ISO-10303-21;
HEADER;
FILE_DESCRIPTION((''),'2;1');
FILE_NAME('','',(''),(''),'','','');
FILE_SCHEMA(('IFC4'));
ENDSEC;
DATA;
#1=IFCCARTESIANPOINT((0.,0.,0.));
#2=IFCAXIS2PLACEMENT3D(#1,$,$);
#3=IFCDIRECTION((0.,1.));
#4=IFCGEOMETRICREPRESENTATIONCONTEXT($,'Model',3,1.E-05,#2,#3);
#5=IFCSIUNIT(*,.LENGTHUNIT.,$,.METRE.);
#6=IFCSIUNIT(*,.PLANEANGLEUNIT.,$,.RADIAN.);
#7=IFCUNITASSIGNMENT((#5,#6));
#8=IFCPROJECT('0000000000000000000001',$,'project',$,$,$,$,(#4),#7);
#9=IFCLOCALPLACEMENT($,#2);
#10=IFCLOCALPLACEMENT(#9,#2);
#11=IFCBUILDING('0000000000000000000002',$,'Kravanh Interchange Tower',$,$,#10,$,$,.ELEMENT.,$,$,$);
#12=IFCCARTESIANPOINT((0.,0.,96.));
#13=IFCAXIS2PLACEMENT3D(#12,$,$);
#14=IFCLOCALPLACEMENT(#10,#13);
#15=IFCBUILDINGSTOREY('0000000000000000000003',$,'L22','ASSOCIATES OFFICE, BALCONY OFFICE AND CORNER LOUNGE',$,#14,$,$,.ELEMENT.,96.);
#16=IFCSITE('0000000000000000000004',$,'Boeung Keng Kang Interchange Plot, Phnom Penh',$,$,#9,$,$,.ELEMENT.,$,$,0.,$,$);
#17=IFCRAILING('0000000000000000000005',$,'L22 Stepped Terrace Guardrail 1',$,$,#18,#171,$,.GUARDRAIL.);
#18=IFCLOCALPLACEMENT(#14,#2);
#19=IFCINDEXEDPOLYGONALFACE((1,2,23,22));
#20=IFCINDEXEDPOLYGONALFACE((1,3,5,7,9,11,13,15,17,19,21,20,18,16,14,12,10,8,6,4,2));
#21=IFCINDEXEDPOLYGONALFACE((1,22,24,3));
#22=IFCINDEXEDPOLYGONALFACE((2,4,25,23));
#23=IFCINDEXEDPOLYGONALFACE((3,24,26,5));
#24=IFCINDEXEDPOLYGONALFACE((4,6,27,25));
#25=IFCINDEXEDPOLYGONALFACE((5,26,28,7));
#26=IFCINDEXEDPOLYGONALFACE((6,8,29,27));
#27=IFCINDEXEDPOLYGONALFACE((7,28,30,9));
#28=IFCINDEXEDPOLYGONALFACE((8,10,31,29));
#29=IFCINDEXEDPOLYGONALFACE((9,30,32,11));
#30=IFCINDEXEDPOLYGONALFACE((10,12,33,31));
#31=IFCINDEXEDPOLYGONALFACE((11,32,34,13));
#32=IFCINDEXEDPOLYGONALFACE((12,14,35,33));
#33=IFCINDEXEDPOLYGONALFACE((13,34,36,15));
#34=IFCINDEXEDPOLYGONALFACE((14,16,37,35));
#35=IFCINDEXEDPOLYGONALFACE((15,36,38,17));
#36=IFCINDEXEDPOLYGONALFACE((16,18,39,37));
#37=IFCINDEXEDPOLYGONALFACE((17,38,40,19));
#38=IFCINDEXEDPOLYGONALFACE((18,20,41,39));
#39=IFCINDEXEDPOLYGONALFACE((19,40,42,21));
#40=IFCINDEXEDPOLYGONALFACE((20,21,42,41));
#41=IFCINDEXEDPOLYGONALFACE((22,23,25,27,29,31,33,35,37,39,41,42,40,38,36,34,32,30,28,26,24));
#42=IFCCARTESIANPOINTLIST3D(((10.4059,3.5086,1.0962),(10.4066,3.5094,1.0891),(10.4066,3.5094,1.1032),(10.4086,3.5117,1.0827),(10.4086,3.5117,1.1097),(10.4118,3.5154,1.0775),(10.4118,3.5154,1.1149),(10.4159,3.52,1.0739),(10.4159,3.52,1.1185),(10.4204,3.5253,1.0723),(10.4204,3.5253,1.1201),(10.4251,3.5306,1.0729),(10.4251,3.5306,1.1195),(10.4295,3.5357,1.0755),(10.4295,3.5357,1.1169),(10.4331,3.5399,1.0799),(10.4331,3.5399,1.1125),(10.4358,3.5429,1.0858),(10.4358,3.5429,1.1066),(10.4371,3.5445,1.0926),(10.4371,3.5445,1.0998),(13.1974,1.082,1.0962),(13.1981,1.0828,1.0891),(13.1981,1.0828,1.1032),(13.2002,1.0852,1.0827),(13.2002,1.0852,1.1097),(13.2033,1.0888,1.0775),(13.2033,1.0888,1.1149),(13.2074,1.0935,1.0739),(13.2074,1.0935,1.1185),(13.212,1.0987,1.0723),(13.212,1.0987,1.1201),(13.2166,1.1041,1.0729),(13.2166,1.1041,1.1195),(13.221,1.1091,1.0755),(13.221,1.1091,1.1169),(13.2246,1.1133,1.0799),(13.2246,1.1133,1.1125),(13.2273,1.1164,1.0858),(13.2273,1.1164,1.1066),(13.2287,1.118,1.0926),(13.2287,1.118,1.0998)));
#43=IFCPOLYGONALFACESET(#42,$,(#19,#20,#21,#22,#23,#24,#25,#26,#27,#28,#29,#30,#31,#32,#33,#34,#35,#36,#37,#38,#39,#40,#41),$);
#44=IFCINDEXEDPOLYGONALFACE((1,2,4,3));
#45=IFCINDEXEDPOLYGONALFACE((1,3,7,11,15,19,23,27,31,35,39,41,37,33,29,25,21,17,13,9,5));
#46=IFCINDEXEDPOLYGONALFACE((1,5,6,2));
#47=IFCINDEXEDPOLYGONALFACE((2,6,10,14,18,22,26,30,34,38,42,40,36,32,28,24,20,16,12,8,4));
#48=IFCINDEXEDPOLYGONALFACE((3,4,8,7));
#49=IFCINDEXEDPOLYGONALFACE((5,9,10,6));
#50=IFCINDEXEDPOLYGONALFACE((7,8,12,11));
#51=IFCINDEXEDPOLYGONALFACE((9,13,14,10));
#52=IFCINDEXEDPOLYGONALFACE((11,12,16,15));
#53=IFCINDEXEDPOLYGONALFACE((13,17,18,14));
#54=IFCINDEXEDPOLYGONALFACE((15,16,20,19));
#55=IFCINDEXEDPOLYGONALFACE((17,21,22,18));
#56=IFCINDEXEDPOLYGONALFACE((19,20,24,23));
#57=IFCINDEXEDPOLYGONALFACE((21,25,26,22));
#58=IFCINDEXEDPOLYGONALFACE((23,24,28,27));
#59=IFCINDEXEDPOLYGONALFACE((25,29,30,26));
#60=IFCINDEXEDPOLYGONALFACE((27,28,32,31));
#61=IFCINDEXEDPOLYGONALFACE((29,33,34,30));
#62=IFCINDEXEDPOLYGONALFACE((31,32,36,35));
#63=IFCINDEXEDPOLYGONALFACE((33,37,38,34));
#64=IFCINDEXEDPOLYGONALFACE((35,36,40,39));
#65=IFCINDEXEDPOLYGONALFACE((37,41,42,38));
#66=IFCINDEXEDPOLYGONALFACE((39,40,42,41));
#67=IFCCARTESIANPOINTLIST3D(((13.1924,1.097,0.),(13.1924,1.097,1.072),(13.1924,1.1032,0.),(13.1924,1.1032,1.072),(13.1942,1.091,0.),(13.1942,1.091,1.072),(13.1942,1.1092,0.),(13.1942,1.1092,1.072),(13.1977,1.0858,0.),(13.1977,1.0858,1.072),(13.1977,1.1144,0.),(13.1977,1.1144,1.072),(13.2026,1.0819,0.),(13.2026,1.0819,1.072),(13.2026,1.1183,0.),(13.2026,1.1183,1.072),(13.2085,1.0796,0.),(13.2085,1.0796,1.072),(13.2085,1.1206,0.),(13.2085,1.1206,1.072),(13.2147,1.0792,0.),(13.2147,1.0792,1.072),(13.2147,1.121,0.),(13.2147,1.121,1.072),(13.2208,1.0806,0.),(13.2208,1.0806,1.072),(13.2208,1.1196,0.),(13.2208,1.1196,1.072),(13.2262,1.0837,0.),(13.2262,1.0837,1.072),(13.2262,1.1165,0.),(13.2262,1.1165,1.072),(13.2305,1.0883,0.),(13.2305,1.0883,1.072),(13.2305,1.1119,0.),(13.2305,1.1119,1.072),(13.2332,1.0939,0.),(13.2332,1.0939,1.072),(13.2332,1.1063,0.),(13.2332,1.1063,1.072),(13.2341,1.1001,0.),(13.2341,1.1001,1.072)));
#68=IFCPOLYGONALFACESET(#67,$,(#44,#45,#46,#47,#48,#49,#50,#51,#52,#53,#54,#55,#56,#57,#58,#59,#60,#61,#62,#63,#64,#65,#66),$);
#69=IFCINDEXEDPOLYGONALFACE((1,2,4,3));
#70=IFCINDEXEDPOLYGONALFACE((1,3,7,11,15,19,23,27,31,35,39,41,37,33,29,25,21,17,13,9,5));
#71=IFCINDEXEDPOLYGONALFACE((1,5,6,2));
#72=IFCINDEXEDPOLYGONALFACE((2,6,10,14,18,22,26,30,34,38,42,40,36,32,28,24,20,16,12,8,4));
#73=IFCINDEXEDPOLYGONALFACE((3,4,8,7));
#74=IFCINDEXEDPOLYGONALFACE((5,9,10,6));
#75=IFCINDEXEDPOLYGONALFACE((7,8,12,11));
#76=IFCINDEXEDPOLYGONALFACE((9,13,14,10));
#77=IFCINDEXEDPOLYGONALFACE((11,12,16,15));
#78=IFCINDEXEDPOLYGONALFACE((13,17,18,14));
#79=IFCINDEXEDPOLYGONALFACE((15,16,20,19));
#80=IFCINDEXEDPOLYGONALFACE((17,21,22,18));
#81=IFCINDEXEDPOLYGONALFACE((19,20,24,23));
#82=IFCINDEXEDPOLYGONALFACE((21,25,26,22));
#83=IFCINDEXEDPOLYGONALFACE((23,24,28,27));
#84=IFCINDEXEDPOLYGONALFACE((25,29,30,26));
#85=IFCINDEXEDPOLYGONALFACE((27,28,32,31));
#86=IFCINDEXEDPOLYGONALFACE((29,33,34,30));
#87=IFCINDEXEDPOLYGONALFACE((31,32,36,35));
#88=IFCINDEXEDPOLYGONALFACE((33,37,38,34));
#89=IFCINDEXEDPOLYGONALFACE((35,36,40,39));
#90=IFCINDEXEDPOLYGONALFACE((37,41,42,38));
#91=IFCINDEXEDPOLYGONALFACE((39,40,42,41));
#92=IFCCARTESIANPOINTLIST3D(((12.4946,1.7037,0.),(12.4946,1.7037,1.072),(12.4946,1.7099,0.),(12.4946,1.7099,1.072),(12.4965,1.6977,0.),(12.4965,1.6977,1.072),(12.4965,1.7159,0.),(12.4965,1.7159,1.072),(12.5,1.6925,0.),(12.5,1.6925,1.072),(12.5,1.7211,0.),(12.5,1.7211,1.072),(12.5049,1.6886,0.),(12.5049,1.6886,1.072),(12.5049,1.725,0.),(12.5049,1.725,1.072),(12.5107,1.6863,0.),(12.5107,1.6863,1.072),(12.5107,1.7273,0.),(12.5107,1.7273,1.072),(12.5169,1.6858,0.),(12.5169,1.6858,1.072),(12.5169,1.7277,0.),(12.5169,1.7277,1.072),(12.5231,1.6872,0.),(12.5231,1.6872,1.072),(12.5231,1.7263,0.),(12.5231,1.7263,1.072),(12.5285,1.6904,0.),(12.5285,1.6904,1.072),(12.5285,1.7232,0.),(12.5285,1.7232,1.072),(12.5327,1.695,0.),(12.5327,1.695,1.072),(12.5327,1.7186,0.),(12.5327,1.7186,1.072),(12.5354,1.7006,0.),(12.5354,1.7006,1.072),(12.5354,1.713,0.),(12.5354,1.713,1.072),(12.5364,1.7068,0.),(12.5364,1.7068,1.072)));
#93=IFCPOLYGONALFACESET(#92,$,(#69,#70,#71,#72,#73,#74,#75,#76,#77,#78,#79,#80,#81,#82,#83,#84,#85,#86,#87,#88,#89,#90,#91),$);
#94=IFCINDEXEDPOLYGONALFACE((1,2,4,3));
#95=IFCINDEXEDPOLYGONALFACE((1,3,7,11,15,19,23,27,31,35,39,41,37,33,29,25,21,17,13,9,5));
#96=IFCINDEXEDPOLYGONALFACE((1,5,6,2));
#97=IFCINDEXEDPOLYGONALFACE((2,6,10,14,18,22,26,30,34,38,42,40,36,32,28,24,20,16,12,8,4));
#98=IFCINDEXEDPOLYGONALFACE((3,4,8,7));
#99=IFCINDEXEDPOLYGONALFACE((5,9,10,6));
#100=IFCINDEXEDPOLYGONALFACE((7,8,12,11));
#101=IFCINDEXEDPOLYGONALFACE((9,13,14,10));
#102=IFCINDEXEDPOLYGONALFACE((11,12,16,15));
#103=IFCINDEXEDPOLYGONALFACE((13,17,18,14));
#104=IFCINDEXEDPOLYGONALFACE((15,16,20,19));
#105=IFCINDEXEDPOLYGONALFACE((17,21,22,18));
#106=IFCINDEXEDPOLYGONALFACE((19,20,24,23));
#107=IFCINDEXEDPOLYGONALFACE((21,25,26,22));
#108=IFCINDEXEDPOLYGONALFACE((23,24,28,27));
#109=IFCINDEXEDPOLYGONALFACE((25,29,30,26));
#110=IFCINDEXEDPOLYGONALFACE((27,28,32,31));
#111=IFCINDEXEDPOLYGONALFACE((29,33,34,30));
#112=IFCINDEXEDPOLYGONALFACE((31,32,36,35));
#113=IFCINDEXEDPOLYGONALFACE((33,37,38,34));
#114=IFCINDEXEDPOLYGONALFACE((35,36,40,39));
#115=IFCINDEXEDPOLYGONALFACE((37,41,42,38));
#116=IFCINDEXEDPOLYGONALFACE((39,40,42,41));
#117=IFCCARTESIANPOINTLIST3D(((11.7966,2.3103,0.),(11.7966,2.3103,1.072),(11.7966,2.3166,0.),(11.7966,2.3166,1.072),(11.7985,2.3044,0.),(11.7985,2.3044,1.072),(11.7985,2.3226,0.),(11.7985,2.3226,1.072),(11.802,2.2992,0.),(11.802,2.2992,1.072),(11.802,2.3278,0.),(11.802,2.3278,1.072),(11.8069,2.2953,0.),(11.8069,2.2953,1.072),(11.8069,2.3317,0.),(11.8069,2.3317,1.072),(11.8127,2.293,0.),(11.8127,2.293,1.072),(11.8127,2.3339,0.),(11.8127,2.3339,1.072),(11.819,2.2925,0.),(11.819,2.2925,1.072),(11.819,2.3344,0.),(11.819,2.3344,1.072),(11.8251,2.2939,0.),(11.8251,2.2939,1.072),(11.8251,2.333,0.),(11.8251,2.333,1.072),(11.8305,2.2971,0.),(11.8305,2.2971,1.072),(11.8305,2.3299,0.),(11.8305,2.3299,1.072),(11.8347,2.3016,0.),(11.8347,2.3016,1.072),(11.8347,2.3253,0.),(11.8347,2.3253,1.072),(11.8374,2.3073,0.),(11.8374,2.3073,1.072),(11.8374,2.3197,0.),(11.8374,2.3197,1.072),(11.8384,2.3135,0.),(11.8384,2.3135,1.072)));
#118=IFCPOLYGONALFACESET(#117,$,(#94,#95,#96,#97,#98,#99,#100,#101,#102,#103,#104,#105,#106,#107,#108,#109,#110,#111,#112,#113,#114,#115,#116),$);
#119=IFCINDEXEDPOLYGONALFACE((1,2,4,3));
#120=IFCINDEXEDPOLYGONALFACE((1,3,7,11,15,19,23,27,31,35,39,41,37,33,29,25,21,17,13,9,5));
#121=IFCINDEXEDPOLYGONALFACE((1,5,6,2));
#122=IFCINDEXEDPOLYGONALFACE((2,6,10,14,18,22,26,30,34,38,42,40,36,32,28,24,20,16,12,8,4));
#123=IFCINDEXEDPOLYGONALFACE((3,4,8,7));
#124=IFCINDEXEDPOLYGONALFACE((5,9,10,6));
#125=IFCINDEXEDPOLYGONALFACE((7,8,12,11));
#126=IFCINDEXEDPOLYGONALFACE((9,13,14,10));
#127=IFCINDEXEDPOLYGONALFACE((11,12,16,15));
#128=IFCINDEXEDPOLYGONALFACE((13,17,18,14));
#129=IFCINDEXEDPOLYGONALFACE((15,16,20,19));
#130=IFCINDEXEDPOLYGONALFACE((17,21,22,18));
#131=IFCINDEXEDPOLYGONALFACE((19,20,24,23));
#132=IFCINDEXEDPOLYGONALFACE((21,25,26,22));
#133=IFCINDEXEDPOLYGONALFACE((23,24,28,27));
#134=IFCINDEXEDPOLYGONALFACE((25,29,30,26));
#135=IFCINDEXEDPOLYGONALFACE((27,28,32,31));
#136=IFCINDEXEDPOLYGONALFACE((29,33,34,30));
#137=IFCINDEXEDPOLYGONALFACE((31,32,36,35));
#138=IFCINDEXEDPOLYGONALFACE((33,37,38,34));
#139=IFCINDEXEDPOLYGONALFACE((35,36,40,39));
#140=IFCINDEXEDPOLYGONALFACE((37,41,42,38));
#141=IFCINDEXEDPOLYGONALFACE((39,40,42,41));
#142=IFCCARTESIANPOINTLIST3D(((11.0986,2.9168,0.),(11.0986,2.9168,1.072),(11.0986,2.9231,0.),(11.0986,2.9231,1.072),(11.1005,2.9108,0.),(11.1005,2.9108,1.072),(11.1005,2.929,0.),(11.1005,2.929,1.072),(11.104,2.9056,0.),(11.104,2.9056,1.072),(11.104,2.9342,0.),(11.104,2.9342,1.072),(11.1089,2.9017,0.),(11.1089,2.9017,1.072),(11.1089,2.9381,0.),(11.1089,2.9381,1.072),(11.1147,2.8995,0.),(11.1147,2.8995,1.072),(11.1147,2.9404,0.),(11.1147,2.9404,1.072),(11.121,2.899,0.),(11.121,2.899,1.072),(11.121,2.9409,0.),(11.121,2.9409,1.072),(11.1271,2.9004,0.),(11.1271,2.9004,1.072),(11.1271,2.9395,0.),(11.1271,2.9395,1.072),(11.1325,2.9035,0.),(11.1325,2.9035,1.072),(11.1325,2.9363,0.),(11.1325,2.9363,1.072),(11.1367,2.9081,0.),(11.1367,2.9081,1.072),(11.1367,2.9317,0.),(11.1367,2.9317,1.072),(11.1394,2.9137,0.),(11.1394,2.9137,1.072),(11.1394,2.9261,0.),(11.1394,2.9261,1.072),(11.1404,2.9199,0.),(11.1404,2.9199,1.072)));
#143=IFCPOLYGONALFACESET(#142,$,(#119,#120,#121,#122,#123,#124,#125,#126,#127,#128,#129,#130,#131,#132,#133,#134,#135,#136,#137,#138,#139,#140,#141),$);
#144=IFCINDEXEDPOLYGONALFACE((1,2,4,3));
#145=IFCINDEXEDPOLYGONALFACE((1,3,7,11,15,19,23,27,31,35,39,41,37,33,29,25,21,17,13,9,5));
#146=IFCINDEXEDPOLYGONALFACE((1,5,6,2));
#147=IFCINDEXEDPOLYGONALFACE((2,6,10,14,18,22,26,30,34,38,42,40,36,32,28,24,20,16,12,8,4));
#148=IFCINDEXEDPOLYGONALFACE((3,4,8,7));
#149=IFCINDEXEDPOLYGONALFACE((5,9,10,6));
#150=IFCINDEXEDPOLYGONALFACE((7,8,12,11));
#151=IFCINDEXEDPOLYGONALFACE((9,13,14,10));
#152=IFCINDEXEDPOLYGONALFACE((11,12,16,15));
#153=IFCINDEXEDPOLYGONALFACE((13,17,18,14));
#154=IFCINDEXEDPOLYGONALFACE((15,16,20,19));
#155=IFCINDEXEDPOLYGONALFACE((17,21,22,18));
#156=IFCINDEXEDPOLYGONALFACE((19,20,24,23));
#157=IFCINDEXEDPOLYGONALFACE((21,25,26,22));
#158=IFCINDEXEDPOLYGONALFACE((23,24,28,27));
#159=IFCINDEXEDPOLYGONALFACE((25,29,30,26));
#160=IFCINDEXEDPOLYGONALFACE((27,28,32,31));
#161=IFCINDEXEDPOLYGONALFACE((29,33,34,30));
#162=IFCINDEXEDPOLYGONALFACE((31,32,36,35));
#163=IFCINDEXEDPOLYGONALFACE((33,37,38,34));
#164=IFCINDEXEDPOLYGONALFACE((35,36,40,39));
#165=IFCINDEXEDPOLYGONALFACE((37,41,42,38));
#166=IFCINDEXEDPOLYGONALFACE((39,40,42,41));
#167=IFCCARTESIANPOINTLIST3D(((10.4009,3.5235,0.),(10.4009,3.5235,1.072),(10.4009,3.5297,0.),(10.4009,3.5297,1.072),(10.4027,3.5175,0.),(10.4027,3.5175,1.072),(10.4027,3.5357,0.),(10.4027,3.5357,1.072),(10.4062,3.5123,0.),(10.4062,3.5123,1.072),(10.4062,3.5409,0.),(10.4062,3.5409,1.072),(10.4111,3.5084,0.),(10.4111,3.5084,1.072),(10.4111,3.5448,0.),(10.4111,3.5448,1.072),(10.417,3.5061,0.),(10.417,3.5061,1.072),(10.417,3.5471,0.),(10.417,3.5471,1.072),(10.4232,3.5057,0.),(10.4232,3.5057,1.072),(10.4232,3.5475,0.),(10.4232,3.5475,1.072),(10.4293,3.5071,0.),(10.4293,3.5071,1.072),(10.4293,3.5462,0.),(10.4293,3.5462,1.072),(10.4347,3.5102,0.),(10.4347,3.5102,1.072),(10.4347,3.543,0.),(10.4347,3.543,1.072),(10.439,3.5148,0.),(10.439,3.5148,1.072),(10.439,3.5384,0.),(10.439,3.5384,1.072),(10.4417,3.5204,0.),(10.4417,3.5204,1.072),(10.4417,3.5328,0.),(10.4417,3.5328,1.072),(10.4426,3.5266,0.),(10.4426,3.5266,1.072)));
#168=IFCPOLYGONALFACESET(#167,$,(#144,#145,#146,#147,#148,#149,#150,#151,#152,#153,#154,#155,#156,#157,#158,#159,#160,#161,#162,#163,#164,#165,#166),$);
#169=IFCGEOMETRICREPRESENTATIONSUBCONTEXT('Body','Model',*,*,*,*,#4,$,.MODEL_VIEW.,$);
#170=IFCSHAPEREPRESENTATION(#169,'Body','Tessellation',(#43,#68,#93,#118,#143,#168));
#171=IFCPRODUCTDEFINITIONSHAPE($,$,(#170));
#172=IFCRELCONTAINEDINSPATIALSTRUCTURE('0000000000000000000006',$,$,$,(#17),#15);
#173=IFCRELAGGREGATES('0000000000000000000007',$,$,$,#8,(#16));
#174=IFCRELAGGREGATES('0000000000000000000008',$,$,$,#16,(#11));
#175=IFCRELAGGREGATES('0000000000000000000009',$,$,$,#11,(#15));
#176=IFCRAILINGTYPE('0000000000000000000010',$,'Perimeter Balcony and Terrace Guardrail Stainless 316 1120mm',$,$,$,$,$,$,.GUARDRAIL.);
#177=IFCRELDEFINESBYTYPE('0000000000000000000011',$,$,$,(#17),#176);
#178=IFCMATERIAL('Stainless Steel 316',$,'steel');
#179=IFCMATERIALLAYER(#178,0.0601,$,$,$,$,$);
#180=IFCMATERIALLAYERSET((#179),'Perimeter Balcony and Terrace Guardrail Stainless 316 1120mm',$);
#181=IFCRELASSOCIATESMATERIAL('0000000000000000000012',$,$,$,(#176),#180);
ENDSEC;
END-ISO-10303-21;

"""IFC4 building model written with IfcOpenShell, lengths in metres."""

from ifc_helpers import new_model, si_unit, direction, frame, origin, origin_2d, place, context, subcontext, project, spatial, circle, extrude, material, layer, layer_set, type_object, element, save


model = new_model("IFC4")

# Units and contexts
model_context = context("Model", 3, precision=1e-05, world=origin(), true_north=direction((0.0, 1.0)))
body_context = subcontext(model_context, "Body", "Model", "MODEL_VIEW")
ifc_project = project(units=[si_unit("LENGTHUNIT", "METRE"), si_unit("PLANEANGLEUNIT", "RADIAN")], contexts=[model_context])

# Site, building, storey
site_placement = place(None, origin())
site = spatial("IfcSite", under=ifc_project, at=site_placement, Name="Boeung Keng Kang Interchange Plot, Phnom Penh", CompositionType="ELEMENT", RefElevation=0.0)
building_placement = place(site_placement, origin())
building = spatial("IfcBuilding", under=site, at=building_placement, Name="Kravanh Interchange Tower", CompositionType="ELEMENT")
storey_placement = place(building_placement, frame((0.0, 0.0, 96.0)))
storey = spatial("IfcBuildingStorey", under=building, at=storey_placement, Name="L22", Description="ASSOCIATES OFFICE, BALCONY OFFICE AND CORNER LOUNGE", CompositionType="ELEMENT", Elevation=96.0)

# Railing
ifc_material_1 = material(Name="Stainless Steel 316", Category="steel")
ifc_layer_1 = layer(ifc_material_1, 0.0601)
ifc_layer_set_1 = layer_set([ifc_layer_1], Name="Perimeter Balcony and Terrace Guardrail Stainless 316 1120mm")
railing_type = type_object("IfcRailingType", Name="Perimeter Balcony and Terrace Guardrail Stainless 316 1120mm", PredefinedType="GUARDRAIL", material=ifc_layer_set_1)
railing_1_placement = place(storey_placement, frame((13.2131, 1.1001, 0.0)))
element("IfcRailing", 1, at=railing_1_placement, inside=storey, type_object=railing_type, Name="L22 Stepped Terrace Guardrail 1", PredefinedType="GUARDRAIL", context=body_context, shape_type="SweptSolid", body=[
    extrude(circle(Radius=0.0239, at=origin_2d()), frame((0.0, 0.0, 1.0962), z_axis=(-0.754723, 0.656043, 0.0), x_axis=(-0.656043, -0.754723, 0.0)), (0.0, 0.0, 1.0), 3.6987),
    extrude(circle(Radius=0.021, at=origin_2d()), origin(), (0.0, 0.0, 1.0), 1.072),
    extrude(circle(Radius=0.021, at=origin_2d()), frame((-0.6978, 0.6067, 0.0)), (0.0, 0.0, 1.0), 1.072),
    extrude(circle(Radius=0.021, at=origin_2d()), frame((-1.3958, 1.2134, 0.0)), (0.0, 0.0, 1.0), 1.072),
    extrude(circle(Radius=0.021, at=origin_2d()), frame((-2.0938, 1.8198, 0.0)), (0.0, 0.0, 1.0), 1.072),
    extrude(circle(Radius=0.021, at=origin_2d()), frame((-2.7915, 2.4265, 0.0)), (0.0, 0.0, 1.0), 1.072),
])

save(model, "model.ifc")
